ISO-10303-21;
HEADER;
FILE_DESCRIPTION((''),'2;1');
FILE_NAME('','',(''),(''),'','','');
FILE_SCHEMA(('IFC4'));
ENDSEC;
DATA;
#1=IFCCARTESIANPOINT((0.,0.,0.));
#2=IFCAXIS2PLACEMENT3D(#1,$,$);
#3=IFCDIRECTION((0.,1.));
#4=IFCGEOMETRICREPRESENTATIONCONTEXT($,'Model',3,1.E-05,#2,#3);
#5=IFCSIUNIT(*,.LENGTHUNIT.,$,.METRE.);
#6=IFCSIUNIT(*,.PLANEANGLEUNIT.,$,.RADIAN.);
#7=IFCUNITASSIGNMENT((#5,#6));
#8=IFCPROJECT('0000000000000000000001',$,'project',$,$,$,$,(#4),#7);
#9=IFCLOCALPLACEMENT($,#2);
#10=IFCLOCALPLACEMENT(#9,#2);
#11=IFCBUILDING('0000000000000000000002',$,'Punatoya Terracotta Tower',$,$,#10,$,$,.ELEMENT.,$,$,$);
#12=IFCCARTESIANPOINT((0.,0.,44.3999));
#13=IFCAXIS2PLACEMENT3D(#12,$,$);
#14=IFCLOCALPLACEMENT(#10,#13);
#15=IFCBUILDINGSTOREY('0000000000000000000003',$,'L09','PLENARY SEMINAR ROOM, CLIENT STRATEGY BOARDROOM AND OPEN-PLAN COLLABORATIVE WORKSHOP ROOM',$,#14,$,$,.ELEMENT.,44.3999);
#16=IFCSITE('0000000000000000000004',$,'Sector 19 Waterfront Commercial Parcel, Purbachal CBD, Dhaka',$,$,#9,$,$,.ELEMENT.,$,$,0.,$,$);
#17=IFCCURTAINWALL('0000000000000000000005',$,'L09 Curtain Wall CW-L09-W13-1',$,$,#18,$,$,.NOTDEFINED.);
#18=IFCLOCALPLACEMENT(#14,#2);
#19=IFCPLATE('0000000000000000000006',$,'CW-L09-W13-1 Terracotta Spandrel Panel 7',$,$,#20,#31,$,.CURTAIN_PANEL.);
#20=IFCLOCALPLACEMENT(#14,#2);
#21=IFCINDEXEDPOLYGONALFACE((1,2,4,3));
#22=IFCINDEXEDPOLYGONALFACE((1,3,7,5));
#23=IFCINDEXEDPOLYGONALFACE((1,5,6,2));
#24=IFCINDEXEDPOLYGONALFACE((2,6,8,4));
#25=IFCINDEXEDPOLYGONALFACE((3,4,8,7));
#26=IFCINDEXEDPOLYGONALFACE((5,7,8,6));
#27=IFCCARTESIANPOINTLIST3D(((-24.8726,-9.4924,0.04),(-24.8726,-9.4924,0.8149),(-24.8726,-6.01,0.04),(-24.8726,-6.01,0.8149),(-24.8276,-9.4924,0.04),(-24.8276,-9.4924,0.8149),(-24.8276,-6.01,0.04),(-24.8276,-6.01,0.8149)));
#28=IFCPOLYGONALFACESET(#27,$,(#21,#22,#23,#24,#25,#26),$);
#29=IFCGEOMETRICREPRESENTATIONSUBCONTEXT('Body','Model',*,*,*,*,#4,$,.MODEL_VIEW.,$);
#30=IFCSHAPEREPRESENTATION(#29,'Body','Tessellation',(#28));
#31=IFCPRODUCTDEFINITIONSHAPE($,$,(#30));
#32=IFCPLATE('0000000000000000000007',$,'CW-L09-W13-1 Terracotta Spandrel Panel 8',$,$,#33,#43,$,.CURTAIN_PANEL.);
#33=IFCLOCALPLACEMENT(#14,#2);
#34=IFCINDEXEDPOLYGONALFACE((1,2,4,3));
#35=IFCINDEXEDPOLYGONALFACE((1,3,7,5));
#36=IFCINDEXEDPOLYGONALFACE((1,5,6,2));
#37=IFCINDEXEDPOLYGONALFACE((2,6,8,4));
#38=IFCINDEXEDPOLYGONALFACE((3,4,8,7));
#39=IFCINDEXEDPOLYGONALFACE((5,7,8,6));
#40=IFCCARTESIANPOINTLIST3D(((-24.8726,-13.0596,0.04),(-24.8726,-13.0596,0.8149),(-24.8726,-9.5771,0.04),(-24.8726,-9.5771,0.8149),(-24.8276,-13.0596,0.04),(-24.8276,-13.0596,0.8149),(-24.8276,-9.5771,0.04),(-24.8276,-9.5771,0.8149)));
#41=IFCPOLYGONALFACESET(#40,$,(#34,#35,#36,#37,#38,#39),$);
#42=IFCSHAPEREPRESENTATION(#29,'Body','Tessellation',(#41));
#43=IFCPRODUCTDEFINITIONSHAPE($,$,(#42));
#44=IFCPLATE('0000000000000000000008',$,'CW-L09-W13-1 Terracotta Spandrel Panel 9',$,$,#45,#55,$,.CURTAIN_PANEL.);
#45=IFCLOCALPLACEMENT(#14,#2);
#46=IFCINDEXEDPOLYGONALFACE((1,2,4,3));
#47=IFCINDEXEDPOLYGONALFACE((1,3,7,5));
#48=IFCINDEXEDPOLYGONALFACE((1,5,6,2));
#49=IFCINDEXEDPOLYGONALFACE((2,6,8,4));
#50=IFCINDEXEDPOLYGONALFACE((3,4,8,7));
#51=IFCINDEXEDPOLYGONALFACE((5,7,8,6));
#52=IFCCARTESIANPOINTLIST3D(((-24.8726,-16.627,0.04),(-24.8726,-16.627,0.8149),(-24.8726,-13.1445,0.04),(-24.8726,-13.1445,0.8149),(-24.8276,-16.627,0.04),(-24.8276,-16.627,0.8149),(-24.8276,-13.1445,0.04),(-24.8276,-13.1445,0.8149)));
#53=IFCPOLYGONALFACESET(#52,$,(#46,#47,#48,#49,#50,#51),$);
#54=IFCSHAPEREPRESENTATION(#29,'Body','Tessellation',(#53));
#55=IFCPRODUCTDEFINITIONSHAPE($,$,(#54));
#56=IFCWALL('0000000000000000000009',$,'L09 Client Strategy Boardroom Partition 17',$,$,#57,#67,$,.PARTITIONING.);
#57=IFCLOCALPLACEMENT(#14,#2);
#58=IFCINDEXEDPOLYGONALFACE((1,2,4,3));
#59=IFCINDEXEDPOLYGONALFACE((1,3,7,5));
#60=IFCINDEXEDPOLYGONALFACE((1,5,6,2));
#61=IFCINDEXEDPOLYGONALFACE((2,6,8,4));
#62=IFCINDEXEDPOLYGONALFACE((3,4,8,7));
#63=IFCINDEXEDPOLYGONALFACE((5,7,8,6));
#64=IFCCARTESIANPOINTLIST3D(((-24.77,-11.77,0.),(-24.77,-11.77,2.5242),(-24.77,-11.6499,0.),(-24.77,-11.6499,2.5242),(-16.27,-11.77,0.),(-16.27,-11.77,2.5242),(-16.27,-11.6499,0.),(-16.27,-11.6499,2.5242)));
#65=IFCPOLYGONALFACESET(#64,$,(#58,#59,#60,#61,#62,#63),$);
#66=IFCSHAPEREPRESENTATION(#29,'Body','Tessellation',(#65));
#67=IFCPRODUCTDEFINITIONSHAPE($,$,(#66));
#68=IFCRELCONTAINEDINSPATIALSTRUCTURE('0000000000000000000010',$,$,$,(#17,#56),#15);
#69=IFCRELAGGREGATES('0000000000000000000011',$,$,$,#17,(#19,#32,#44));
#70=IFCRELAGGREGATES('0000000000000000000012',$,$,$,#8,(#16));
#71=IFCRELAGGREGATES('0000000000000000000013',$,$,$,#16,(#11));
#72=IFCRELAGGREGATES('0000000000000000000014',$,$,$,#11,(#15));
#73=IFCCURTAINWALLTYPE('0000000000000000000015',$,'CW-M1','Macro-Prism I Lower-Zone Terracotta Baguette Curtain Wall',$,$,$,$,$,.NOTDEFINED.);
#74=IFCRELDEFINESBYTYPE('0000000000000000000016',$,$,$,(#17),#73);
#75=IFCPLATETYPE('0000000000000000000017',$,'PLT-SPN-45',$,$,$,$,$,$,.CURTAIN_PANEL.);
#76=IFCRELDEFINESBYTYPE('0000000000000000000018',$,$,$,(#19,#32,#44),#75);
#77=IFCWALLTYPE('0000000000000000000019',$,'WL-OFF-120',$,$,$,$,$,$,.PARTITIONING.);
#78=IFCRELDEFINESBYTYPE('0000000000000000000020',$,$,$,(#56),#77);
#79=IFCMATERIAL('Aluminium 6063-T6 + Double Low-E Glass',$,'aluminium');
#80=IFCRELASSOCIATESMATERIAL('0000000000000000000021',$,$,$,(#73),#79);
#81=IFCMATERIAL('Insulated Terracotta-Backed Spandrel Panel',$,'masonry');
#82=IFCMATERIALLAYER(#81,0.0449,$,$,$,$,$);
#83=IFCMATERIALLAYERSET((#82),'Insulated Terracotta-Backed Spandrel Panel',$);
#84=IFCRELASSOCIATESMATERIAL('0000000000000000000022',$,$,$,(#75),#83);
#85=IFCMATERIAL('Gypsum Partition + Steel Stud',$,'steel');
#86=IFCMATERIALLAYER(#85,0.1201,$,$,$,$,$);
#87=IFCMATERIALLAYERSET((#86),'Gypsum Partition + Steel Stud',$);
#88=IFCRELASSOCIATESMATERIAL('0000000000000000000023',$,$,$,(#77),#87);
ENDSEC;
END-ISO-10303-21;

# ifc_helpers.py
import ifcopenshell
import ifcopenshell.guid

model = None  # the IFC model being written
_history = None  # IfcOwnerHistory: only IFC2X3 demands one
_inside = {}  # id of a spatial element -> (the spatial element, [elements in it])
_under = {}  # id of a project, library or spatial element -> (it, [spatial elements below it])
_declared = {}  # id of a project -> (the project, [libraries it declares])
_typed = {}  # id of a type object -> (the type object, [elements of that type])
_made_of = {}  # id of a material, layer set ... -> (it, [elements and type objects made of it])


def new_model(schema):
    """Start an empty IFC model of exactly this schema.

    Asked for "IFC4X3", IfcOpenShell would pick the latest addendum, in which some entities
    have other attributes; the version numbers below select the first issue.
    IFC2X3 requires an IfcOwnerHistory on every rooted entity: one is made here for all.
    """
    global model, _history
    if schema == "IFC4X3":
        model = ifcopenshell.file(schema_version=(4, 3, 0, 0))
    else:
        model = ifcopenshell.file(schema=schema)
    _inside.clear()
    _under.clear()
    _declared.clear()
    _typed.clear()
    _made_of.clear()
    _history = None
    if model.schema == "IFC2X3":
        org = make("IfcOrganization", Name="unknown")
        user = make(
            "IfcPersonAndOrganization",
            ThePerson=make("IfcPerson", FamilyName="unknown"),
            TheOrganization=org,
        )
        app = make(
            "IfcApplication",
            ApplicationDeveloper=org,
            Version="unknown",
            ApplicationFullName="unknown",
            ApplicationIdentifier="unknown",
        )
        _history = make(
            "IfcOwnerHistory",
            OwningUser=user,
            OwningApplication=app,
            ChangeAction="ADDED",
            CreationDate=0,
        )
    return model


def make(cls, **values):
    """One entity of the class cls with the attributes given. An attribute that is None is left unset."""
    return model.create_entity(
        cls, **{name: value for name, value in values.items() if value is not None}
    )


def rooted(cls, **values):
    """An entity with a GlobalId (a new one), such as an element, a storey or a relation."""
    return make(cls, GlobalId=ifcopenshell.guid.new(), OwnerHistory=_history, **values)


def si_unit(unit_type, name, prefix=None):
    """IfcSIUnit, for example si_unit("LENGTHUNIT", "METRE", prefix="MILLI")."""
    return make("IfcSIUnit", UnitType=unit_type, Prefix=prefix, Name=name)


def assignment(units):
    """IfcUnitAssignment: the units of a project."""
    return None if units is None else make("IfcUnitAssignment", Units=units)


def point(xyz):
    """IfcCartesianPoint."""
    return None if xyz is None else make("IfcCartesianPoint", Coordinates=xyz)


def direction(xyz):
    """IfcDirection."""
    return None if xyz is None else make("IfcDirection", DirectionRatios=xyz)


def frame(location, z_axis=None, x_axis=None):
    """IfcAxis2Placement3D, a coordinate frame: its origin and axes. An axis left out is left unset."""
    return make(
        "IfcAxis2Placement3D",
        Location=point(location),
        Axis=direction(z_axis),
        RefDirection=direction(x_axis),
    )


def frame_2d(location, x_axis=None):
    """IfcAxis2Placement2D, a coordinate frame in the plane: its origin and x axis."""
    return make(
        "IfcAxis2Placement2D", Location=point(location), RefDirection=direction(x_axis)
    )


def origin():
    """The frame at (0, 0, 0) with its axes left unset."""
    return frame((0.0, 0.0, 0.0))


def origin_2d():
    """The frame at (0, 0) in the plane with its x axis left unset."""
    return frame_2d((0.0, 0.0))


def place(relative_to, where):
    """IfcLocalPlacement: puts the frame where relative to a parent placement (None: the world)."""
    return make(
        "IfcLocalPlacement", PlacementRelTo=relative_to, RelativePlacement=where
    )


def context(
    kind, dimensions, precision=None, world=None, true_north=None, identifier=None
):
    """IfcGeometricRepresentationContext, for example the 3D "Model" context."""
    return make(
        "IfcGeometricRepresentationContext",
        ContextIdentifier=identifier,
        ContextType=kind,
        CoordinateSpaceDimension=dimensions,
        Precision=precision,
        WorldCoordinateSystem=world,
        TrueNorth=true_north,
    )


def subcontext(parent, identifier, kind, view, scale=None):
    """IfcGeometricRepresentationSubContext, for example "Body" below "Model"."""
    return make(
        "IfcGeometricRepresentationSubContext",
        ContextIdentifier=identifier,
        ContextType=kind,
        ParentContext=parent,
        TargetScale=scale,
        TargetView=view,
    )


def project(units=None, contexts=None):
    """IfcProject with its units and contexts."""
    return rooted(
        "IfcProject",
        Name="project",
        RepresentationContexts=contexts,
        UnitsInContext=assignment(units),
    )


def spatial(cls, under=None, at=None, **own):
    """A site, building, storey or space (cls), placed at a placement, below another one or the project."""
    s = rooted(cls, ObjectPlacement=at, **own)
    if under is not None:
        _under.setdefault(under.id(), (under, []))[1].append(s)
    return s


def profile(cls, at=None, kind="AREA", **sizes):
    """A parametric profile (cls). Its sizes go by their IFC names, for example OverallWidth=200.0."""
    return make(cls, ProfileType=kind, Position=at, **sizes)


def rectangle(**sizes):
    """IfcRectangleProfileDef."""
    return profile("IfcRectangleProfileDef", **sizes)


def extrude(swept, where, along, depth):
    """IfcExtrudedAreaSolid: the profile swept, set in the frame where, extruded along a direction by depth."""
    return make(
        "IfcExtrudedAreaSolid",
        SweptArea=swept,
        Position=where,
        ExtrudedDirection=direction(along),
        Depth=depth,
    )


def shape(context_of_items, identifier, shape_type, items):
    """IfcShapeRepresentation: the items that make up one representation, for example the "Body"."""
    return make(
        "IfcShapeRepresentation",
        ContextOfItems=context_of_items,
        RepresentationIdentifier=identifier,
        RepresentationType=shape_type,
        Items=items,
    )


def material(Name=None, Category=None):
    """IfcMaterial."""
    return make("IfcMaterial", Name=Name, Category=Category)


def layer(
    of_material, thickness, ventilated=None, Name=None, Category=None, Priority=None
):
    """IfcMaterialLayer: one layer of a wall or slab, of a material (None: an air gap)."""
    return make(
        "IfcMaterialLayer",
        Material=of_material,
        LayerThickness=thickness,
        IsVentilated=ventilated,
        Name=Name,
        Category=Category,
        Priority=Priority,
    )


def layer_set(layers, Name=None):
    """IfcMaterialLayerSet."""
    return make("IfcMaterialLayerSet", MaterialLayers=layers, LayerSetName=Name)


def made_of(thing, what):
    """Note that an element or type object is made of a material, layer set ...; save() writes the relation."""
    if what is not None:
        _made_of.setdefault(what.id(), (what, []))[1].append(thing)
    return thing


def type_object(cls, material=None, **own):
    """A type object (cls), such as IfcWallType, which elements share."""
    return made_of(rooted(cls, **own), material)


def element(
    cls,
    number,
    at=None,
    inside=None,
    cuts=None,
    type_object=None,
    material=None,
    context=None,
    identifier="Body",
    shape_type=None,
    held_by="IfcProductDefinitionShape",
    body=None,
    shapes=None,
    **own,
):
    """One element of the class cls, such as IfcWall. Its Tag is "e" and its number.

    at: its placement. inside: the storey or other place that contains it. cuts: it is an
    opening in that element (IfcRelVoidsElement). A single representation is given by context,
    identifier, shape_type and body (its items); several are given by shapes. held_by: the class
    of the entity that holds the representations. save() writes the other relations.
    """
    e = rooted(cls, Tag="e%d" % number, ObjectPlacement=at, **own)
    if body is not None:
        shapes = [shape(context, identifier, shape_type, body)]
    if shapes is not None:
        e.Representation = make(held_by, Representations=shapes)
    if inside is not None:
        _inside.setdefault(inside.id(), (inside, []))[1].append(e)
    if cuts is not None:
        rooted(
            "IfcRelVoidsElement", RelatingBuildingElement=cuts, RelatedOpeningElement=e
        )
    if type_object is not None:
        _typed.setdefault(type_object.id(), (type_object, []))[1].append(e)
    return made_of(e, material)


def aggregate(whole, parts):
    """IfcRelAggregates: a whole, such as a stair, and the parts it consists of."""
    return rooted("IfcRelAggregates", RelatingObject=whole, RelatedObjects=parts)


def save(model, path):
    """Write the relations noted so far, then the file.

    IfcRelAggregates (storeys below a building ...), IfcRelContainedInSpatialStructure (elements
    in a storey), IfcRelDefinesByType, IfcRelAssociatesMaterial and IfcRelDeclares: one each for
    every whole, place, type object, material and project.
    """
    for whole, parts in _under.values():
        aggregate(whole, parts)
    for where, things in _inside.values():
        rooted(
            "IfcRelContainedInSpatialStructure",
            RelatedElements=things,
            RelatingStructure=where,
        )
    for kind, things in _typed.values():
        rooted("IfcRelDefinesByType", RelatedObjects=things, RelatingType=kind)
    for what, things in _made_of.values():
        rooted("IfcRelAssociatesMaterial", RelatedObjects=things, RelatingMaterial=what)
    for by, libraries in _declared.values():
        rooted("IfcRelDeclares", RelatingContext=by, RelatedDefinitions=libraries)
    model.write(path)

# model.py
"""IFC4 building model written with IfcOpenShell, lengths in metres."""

from ifc_helpers import new_model, si_unit, direction, frame, frame_2d, origin, origin_2d, place, context, subcontext, project, spatial, rectangle, extrude, material, layer, layer_set, type_object, element, aggregate, save


model = new_model("IFC4")

# Units and contexts
model_context = context("Model", 3, precision=1e-05, world=origin(), true_north=direction((0.0, 1.0)))
body_context = subcontext(model_context, "Body", "Model", "MODEL_VIEW")
ifc_project = project(units=[si_unit("LENGTHUNIT", "METRE"), si_unit("PLANEANGLEUNIT", "RADIAN")], contexts=[model_context])

# Site, building, storey
site_placement = place(None, origin())
site = spatial("IfcSite", under=ifc_project, at=site_placement, Name="Sector 19 Waterfront Commercial Parcel, Purbachal CBD, Dhaka", CompositionType="ELEMENT", RefElevation=0.0)
building_placement = place(site_placement, origin())
building = spatial("IfcBuilding", under=site, at=building_placement, Name="Punatoya Terracotta Tower", CompositionType="ELEMENT")
storey_placement = place(building_placement, frame((0.0, 0.0, 44.3999)))
storey = spatial("IfcBuildingStorey", under=building, at=storey_placement, Name="L09", Description="PLENARY SEMINAR ROOM, CLIENT STRATEGY BOARDROOM AND OPEN-PLAN COLLABORATIVE WORKSHOP ROOM", CompositionType="ELEMENT", Elevation=44.3999)

# Curtain wall, plates
ifc_material_1 = material(Name="Aluminium 6063-T6 + Double Low-E Glass", Category="aluminium")
curtain_wall_type = type_object("IfcCurtainWallType", Name="CW-M1", Description="Macro-Prism I Lower-Zone Terracotta Baguette Curtain Wall", PredefinedType="NOTDEFINED", material=ifc_material_1)
curtain_wall_placement = place(storey_placement, origin())
curtain_wall = element("IfcCurtainWall", 1, at=curtain_wall_placement, inside=storey, type_object=curtain_wall_type, Name="L09 Curtain Wall CW-L09-W13-1", PredefinedType="NOTDEFINED")
ifc_material_2 = material(Name="Insulated Terracotta-Backed Spandrel Panel", Category="masonry")
ifc_layer_1 = layer(ifc_material_2, 0.0449)
ifc_layer_set_1 = layer_set([ifc_layer_1], Name="Insulated Terracotta-Backed Spandrel Panel")
plate_type_1 = type_object("IfcPlateType", Name="PLT-SPN-45", PredefinedType="CURTAIN_PANEL", material=ifc_layer_set_1)
plate_1_placement = place(storey_placement, frame((-24.8501, -7.7512, 0.04), z_axis=(0.0, 0.0, 1.0), x_axis=(0.0, -1.0, 0.0)))
plate_1 = element("IfcPlate", 2, at=plate_1_placement, type_object=plate_type_1, Name="CW-L09-W13-1 Terracotta Spandrel Panel 7", PredefinedType="CURTAIN_PANEL", context=body_context, shape_type="SweptSolid", body=[
    extrude(rectangle(XDim=3.4824, YDim=0.0449, at=origin_2d()), origin(), (0.0, 0.0, 1.0), 0.7749),
])
plate_2_placement = place(storey_placement, frame((-24.8501, -11.3184, 0.04), z_axis=(0.0, 0.0, 1.0), x_axis=(0.0, -1.0, 0.0)))
plate_2 = element("IfcPlate", 3, at=plate_2_placement, type_object=plate_type_1, Name="CW-L09-W13-1 Terracotta Spandrel Panel 8", PredefinedType="CURTAIN_PANEL", context=body_context, shape_type="SweptSolid", body=[
    extrude(rectangle(XDim=3.4824, YDim=0.0449, at=origin_2d()), origin(), (0.0, 0.0, 1.0), 0.7749),
])
plate_3_placement = place(storey_placement, frame((-24.8501, -14.8857, 0.04), z_axis=(0.0, 0.0, 1.0), x_axis=(0.0, -1.0, 0.0)))
plate_3 = element("IfcPlate", 4, at=plate_3_placement, type_object=plate_type_1, Name="CW-L09-W13-1 Terracotta Spandrel Panel 9", PredefinedType="CURTAIN_PANEL", context=body_context, shape_type="SweptSolid", body=[
    extrude(rectangle(XDim=3.4824, YDim=0.0449, at=origin_2d()), origin(), (0.0, 0.0, 1.0), 0.7749),
])
aggregate(curtain_wall, [plate_1, plate_2, plate_3])

# Wall
ifc_material_3 = material(Name="Gypsum Partition + Steel Stud", Category="steel")
ifc_layer_2 = layer(ifc_material_3, 0.1201)
ifc_layer_set_2 = layer_set([ifc_layer_2], Name="Gypsum Partition + Steel Stud")
wall_type = type_object("IfcWallType", Name="WL-OFF-120", PredefinedType="PARTITIONING", material=ifc_layer_set_2)
wall_placement = place(storey_placement, frame((-24.77, -11.71, 0.0), z_axis=(0.0, 0.0, 1.0), x_axis=(1.0, 0.0, 0.0)))
element("IfcWall", 5, at=wall_placement, inside=storey, type_object=wall_type, Name="L09 Client Strategy Boardroom Partition 17", PredefinedType="PARTITIONING", context=body_context, shape_type="SweptSolid", body=[
    extrude(rectangle(XDim=8.5, YDim=0.1201, at=frame_2d((4.25, 0.0))), origin(), (0.0, 0.0, 1.0), 2.5242),
])

save(model, "model.ifc")
